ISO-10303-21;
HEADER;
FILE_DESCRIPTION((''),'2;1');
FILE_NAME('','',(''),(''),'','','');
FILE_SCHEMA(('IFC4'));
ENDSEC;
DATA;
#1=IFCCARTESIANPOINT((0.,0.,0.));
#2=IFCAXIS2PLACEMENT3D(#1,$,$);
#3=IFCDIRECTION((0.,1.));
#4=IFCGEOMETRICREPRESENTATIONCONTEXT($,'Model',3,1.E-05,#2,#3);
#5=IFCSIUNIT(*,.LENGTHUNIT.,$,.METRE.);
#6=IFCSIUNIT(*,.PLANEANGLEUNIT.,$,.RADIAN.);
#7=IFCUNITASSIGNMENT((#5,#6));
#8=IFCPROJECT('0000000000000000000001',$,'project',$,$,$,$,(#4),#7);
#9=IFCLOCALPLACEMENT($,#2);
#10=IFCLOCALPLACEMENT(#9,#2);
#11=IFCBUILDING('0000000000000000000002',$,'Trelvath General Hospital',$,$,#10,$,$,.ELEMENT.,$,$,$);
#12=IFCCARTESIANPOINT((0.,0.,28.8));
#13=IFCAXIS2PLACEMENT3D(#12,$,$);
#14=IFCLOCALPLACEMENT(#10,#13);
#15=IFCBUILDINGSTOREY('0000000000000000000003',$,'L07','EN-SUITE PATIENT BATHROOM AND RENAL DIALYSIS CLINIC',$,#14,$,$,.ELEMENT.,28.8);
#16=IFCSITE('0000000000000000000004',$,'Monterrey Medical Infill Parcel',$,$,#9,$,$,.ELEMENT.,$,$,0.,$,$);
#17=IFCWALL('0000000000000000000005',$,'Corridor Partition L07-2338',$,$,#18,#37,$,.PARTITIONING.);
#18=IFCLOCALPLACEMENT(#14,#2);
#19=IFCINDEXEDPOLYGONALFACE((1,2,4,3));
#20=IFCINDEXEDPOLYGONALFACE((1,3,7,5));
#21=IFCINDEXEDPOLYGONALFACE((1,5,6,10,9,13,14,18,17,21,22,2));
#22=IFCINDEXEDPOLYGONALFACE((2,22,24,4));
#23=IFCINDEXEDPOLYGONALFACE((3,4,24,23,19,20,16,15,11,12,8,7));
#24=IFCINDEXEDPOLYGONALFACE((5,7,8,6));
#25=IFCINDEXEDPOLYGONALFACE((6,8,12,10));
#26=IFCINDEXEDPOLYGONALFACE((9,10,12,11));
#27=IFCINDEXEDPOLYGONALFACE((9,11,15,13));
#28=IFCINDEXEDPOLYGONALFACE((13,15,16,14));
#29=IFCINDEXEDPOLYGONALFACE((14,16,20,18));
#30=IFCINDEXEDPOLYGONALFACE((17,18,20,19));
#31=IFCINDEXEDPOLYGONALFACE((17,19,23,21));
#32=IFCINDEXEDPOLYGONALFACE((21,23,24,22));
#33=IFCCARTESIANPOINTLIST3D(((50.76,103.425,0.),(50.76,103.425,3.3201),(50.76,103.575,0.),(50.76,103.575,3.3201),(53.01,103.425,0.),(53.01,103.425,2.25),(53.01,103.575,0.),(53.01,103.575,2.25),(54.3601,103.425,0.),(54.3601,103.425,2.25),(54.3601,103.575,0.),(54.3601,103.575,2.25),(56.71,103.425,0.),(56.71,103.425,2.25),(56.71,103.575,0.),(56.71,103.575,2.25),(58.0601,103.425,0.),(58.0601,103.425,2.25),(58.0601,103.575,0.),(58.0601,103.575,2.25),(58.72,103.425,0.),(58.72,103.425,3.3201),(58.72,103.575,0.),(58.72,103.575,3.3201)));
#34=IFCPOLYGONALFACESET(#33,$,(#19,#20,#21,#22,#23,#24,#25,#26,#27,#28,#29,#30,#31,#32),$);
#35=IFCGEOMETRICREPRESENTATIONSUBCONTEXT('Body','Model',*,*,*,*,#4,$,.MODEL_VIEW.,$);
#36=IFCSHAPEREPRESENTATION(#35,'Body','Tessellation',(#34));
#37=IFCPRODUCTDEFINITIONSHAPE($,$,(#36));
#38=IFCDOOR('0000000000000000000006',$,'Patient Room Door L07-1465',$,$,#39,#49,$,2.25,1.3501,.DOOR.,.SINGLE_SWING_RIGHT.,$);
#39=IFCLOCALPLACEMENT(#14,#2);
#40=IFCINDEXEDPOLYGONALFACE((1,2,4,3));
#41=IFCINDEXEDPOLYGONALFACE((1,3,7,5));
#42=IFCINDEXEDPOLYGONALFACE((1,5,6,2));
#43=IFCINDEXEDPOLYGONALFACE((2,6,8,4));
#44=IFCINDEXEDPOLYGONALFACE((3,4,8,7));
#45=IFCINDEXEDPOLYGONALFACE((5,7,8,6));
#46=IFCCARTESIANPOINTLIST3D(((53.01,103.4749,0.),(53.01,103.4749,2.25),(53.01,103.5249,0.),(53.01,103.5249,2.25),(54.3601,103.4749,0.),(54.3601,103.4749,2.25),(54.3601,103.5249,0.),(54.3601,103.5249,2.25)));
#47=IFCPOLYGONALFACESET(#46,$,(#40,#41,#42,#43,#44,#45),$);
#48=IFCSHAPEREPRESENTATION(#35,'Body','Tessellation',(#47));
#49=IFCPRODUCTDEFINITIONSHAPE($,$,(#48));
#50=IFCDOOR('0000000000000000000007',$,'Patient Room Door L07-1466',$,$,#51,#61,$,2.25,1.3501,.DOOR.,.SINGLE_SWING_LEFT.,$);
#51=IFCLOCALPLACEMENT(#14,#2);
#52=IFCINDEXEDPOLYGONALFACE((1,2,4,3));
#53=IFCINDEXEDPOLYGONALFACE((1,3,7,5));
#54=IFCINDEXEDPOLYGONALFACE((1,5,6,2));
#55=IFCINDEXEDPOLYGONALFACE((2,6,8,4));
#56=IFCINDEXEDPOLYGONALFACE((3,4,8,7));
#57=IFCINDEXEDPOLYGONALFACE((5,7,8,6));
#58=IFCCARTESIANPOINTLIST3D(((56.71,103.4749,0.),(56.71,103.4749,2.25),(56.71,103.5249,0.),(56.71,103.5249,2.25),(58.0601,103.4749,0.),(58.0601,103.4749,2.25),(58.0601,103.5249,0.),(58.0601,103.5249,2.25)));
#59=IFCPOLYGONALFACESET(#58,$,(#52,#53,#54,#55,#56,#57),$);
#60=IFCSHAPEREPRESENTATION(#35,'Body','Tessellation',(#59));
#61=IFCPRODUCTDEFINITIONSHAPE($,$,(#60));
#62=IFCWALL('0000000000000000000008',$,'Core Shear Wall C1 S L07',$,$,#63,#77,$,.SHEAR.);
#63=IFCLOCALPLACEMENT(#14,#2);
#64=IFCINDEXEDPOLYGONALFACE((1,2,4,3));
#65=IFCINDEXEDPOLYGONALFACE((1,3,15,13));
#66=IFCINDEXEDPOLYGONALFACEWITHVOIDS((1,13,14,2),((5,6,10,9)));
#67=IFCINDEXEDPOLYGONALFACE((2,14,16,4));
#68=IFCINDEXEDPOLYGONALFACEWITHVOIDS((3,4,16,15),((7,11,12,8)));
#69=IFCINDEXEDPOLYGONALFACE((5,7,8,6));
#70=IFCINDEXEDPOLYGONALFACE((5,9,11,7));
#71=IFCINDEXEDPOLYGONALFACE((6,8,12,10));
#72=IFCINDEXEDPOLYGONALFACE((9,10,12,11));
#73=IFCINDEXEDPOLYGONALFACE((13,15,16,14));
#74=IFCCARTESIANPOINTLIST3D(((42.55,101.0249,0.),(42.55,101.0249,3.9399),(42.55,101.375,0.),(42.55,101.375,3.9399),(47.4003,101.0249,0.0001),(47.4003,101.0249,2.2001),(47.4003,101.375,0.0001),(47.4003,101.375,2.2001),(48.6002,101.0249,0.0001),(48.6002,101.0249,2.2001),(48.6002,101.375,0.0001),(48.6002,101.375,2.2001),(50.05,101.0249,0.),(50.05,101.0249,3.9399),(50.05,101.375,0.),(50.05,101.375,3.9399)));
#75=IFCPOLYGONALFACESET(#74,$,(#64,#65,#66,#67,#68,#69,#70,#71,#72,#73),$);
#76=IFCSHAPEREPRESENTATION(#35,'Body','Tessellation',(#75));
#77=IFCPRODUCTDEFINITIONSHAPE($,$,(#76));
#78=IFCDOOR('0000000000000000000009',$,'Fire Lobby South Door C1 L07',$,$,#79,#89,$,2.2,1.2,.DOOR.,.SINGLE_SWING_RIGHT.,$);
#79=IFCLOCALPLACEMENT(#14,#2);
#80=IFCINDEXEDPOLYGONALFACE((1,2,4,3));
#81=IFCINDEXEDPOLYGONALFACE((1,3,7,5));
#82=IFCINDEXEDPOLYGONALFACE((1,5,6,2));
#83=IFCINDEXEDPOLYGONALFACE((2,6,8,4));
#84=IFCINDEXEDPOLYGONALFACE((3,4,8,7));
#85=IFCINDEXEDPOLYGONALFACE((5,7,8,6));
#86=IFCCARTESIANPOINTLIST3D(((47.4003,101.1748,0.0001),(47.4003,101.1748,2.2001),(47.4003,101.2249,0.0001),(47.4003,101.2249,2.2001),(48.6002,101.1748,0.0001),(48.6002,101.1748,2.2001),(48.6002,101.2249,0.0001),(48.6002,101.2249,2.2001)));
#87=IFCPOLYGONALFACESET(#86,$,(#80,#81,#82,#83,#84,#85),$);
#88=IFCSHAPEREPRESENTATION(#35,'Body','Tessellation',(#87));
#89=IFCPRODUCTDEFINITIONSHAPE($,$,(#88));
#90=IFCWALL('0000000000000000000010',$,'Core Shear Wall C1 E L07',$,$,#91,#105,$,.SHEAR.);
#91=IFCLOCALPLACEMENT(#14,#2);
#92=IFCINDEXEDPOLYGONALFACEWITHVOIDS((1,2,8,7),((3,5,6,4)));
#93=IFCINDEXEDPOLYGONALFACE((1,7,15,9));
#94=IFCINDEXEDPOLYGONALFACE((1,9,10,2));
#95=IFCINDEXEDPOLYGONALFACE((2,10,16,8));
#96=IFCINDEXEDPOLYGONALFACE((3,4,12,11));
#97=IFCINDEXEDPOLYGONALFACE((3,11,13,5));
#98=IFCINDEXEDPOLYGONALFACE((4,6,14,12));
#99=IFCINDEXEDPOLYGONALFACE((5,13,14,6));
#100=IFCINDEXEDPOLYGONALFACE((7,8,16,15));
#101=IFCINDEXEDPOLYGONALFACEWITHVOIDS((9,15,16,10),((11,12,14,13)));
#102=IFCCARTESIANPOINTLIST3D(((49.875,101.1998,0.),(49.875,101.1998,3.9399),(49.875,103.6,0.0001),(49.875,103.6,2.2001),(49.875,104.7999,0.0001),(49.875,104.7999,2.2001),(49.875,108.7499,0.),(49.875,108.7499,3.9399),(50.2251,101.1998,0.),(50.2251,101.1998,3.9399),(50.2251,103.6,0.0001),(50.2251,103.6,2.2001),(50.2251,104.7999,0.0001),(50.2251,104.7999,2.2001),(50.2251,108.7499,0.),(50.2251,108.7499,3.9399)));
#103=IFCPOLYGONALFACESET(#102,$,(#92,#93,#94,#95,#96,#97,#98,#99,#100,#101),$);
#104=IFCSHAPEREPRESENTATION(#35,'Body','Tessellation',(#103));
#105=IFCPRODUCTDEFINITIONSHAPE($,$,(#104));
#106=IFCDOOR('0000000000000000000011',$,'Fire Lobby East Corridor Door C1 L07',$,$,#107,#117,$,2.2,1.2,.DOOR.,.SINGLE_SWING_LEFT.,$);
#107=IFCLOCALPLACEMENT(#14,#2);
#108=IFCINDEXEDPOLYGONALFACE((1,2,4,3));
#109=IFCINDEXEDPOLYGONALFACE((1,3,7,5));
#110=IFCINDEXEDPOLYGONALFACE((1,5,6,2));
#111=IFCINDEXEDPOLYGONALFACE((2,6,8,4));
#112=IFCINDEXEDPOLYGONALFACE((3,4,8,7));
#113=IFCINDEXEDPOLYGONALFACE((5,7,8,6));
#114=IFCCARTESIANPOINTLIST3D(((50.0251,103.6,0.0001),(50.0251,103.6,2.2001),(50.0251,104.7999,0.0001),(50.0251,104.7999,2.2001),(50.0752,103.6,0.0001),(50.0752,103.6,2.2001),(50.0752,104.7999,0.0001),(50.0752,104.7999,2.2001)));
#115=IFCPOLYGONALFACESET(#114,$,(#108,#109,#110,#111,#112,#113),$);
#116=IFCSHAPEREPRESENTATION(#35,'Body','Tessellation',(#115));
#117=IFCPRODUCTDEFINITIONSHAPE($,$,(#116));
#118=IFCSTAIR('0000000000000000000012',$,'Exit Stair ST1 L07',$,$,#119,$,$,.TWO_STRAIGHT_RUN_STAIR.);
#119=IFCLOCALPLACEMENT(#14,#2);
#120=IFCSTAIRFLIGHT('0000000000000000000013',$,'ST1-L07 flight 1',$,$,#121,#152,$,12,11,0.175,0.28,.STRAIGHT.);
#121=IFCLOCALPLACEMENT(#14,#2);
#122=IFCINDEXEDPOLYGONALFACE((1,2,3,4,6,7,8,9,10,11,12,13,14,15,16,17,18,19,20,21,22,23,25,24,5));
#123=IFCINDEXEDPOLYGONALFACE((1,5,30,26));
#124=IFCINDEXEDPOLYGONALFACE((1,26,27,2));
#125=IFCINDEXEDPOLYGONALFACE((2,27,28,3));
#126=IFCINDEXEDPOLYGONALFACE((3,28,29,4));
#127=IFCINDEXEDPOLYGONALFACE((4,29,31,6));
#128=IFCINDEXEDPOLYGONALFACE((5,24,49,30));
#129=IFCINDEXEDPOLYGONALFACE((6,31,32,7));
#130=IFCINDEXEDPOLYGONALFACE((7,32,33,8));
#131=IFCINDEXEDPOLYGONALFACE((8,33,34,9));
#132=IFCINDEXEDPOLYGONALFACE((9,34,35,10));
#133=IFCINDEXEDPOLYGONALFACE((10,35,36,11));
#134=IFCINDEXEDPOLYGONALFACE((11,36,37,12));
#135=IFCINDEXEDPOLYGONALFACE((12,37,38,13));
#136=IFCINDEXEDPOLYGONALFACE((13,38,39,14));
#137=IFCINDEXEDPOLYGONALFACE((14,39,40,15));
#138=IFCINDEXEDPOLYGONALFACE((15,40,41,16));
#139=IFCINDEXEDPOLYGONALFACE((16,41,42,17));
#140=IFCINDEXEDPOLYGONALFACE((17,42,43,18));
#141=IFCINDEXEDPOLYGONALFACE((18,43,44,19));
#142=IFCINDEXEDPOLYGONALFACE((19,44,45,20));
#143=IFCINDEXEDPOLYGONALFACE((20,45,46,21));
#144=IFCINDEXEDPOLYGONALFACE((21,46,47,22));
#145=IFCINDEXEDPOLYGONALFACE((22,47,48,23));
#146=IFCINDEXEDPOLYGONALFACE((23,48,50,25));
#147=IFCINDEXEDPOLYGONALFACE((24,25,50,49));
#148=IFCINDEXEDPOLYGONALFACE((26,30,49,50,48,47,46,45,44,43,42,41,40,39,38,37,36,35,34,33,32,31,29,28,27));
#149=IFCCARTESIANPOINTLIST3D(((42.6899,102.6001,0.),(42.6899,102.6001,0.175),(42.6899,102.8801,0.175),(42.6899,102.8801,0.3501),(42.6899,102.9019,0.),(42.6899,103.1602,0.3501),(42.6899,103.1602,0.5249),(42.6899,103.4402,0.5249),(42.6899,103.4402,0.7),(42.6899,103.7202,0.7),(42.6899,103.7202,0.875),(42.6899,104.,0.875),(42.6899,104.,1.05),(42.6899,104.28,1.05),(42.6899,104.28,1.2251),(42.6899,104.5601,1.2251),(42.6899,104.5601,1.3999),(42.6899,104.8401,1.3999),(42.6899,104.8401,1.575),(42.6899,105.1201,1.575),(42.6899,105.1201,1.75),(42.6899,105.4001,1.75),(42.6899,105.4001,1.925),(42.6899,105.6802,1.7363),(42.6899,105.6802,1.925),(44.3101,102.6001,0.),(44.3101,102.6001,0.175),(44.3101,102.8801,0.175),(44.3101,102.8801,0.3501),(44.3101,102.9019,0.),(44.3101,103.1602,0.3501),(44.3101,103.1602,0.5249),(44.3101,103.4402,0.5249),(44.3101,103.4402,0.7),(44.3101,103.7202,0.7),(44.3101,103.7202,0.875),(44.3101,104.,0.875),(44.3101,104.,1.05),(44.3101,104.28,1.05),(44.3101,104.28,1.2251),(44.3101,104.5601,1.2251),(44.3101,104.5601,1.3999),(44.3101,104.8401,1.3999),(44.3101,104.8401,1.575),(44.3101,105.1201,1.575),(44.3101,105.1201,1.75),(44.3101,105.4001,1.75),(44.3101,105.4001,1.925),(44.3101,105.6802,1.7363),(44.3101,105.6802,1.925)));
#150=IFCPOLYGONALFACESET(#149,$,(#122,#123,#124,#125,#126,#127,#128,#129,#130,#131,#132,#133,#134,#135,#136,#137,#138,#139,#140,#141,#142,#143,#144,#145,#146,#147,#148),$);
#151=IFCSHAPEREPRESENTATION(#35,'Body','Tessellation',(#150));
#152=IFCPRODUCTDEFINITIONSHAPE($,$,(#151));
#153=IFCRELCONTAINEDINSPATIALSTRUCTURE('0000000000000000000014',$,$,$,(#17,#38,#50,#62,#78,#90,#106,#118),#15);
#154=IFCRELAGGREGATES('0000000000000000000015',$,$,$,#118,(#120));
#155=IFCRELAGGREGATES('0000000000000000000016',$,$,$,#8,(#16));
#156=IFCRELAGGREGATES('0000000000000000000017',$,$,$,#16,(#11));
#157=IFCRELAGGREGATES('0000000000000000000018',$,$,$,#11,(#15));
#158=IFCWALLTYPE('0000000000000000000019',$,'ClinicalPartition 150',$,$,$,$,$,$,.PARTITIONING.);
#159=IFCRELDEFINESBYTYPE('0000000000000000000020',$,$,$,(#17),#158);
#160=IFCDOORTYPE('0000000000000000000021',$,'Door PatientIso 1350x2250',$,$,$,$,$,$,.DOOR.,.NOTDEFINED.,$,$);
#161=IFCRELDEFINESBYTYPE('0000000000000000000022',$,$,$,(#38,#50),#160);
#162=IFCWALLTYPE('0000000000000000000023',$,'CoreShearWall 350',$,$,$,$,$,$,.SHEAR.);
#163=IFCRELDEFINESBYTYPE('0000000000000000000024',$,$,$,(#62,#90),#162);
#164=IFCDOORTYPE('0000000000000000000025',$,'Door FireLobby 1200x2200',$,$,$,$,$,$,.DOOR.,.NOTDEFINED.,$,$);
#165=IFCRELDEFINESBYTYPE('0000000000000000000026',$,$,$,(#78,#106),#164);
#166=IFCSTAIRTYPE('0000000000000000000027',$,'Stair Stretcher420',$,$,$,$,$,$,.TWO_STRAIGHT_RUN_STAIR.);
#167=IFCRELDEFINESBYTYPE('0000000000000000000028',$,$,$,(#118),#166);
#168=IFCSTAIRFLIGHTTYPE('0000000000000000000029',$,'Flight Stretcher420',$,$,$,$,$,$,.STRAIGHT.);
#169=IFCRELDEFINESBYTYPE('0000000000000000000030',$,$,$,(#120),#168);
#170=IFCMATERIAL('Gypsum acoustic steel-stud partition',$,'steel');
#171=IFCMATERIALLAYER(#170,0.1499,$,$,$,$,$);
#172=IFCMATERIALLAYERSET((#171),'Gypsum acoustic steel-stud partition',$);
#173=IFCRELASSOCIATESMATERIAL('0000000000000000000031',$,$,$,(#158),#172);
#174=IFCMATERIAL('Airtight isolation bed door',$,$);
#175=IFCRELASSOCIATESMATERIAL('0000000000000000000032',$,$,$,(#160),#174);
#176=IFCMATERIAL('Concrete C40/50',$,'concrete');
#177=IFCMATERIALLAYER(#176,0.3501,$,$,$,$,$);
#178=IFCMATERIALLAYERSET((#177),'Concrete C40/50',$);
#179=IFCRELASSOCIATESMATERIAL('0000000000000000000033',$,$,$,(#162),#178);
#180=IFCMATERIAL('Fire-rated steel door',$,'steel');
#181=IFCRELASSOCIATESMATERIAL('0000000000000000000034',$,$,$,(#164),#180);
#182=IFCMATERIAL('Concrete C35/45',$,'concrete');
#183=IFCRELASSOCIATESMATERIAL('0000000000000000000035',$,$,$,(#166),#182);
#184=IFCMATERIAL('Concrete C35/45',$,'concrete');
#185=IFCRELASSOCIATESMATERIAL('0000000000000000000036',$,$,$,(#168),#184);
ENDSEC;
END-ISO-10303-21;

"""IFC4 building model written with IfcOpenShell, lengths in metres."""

from ifc_helpers import new_model, si_unit, direction, frame, frame_2d, origin, place, context, subcontext, project, spatial, polyline, rectangle, outline, extrude, material, layer, layer_set, type_object, element, fill, aggregate, save


model = new_model("IFC4")

# Units and contexts
model_context = context("Model", 3, precision=1e-05, world=origin(), true_north=direction((0.0, 1.0)))
body_context = subcontext(model_context, "Body", "Model", "MODEL_VIEW")
ifc_project = project(units=[si_unit("LENGTHUNIT", "METRE"), si_unit("PLANEANGLEUNIT", "RADIAN")], contexts=[model_context])

# Site, building, storey
site_placement = place(None, origin())
site = spatial("IfcSite", under=ifc_project, at=site_placement, Name="Monterrey Medical Infill Parcel", CompositionType="ELEMENT", RefElevation=0.0)
building_placement = place(site_placement, origin())
building = spatial("IfcBuilding", under=site, at=building_placement, Name="Trelvath General Hospital", CompositionType="ELEMENT")
storey_placement = place(building_placement, frame((0.0, 0.0, 28.8)))
storey = spatial("IfcBuildingStorey", under=building, at=storey_placement, Name="L07", Description="EN-SUITE PATIENT BATHROOM AND RENAL DIALYSIS CLINIC", CompositionType="ELEMENT", Elevation=28.8)

# Wall, openings, doors
ifc_material_1 = material(Name="Gypsum acoustic steel-stud partition", Category="steel")
ifc_layer_1 = layer(ifc_material_1, 0.1499)
ifc_layer_set_1 = layer_set([ifc_layer_1], Name="Gypsum acoustic steel-stud partition")
wall_type_1 = type_object("IfcWallType", Name="ClinicalPartition 150", PredefinedType="PARTITIONING", material=ifc_layer_set_1)
wall_1_placement = place(storey_placement, frame((50.76, 103.5, 0.0), z_axis=(0.0, 0.0, 1.0), x_axis=(1.0, 0.0, 0.0)))
wall_1 = element("IfcWall", 1, at=wall_1_placement, inside=storey, type_object=wall_type_1, Name="Corridor Partition L07-2338", PredefinedType="PARTITIONING", context=body_context, shape_type="SweptSolid", body=[
    extrude(rectangle(XDim=7.96, YDim=0.1499, at=frame_2d((3.98, 0.0))), origin(), (0.0, 0.0, 1.0), 3.3201),
])
opening_1_placement = place(wall_1_placement, frame((2.25, 0.0, 0.0)))
opening_1 = element("IfcOpeningElement", 2, at=opening_1_placement, cuts=wall_1, PredefinedType="OPENING", context=body_context, shape_type="SweptSolid", body=[
    extrude(rectangle(XDim=1.3501, YDim=2.25, at=frame_2d((0.675, 1.125))), frame((0.0, 0.085, 0.0), z_axis=(0.0, -1.0, 0.0), x_axis=(1.0, 0.0, 0.0)), (0.0, 0.0, 1.0), 0.1699),
])
opening_2_placement = place(wall_1_placement, frame((5.95, 0.0, 0.0)))
opening_2 = element("IfcOpeningElement", 3, at=opening_2_placement, cuts=wall_1, PredefinedType="OPENING", context=body_context, shape_type="SweptSolid", body=[
    extrude(rectangle(XDim=1.3501, YDim=2.25, at=frame_2d((0.675, 1.125))), frame((0.0, 0.085, 0.0), z_axis=(0.0, -1.0, 0.0), x_axis=(1.0, 0.0, 0.0)), (0.0, 0.0, 1.0), 0.1699),
])
ifc_material_2 = material(Name="Airtight isolation bed door")
door_type_1 = type_object("IfcDoorType", Name="Door PatientIso 1350x2250", OperationType="NOTDEFINED", PredefinedType="DOOR", material=ifc_material_2)
door_1_placement = place(opening_1_placement, origin())
door_1 = element("IfcDoor", 4, at=door_1_placement, inside=storey, type_object=door_type_1, Name="Patient Room Door L07-1465", OperationType="SINGLE_SWING_RIGHT", OverallHeight=2.25, OverallWidth=1.3501, PredefinedType="DOOR", context=body_context, shape_type="SweptSolid", body=[
    extrude(rectangle(XDim=1.3501, YDim=2.25, at=frame_2d((0.675, 1.125))), frame((0.0, 0.0249, 0.0), z_axis=(0.0, -1.0, 0.0), x_axis=(1.0, 0.0, 0.0)), (0.0, 0.0, 1.0), 0.05),
])
fill(opening_1, door_1)
door_2_placement = place(opening_2_placement, origin())
door_2 = element("IfcDoor", 5, at=door_2_placement, inside=storey, type_object=door_type_1, Name="Patient Room Door L07-1466", OperationType="SINGLE_SWING_LEFT", OverallHeight=2.25, OverallWidth=1.3501, PredefinedType="DOOR", context=body_context, shape_type="SweptSolid", body=[
    extrude(rectangle(XDim=1.3501, YDim=2.25, at=frame_2d((0.675, 1.125))), frame((0.0, 0.0249, 0.0), z_axis=(0.0, -1.0, 0.0), x_axis=(1.0, 0.0, 0.0)), (0.0, 0.0, 1.0), 0.05),
])
fill(opening_2, door_2)

# Walls, openings, doors
ifc_material_3 = material(Name="Concrete C40/50", Category="concrete")
ifc_layer_2 = layer(ifc_material_3, 0.3501)
ifc_layer_set_2 = layer_set([ifc_layer_2], Name="Concrete C40/50")
wall_type_2 = type_object("IfcWallType", Name="CoreShearWall 350", PredefinedType="SHEAR", material=ifc_layer_set_2)
wall_2_placement = place(storey_placement, frame((42.55, 101.2, 0.0), z_axis=(0.0, 0.0, 1.0), x_axis=(1.0, 0.0, 0.0)))
wall_2 = element("IfcWall", 6, at=wall_2_placement, inside=storey, type_object=wall_type_2, Name="Core Shear Wall C1 S L07", PredefinedType="SHEAR", context=body_context, shape_type="SweptSolid", body=[
    extrude(rectangle(XDim=7.5, YDim=0.3501, at=frame_2d((3.75, 0.0))), origin(), (0.0, 0.0, 1.0), 3.9399),
])
opening_3_placement = place(wall_2_placement, frame((4.8501, 0.0, 0.0)))
opening_3 = element("IfcOpeningElement", 7, at=opening_3_placement, cuts=wall_2, PredefinedType="OPENING", context=body_context, shape_type="SweptSolid", body=[
    extrude(rectangle(XDim=1.2, YDim=2.2, at=frame_2d((0.6001, 1.1001))), frame((0.0, 0.1851, 0.0), z_axis=(0.0, -1.0, 0.0), x_axis=(1.0, 0.0, 0.0)), (0.0, 0.0, 1.0), 0.3701),
])
ifc_material_4 = material(Name="Fire-rated steel door", Category="steel")
door_type_2 = type_object("IfcDoorType", Name="Door FireLobby 1200x2200", OperationType="NOTDEFINED", PredefinedType="DOOR", material=ifc_material_4)
door_3_placement = place(opening_3_placement, origin())
door_3 = element("IfcDoor", 8, at=door_3_placement, inside=storey, type_object=door_type_2, Name="Fire Lobby South Door C1 L07", OperationType="SINGLE_SWING_RIGHT", OverallHeight=2.2, OverallWidth=1.2, PredefinedType="DOOR", context=body_context, shape_type="SweptSolid", body=[
    extrude(rectangle(XDim=1.2, YDim=2.2, at=frame_2d((0.6001, 1.1001))), frame((0.0, 0.0249, 0.0), z_axis=(0.0, -1.0, 0.0), x_axis=(1.0, 0.0, 0.0)), (0.0, 0.0, 1.0), 0.05),
])
fill(opening_3, door_3)
wall_3_placement = place(storey_placement, frame((50.05, 101.2, 0.0), z_axis=(0.0, 0.0, 1.0), x_axis=(0.0, 1.0, 0.0)))
wall_3 = element("IfcWall", 9, at=wall_3_placement, inside=storey, type_object=wall_type_2, Name="Core Shear Wall C1 E L07", PredefinedType="SHEAR", context=body_context, shape_type="SweptSolid", body=[
    extrude(rectangle(XDim=7.55, YDim=0.3501, at=frame_2d((3.7749, 0.0))), origin(), (0.0, 0.0, 1.0), 3.9399),
])
opening_4_placement = place(wall_3_placement, frame((2.3999, 0.0, 0.0)))
opening_4 = element("IfcOpeningElement", 10, at=opening_4_placement, cuts=wall_3, PredefinedType="OPENING", context=body_context, shape_type="SweptSolid", body=[
    extrude(rectangle(XDim=1.2, YDim=2.2, at=frame_2d((0.6001, 1.1001))), frame((0.0, 0.1851, 0.0), z_axis=(0.0, -1.0, 0.0), x_axis=(1.0, 0.0, 0.0)), (0.0, 0.0, 1.0), 0.3701),
])
door_4_placement = place(opening_4_placement, origin())
door_4 = element("IfcDoor", 11, at=door_4_placement, inside=storey, type_object=door_type_2, Name="Fire Lobby East Corridor Door C1 L07", OperationType="SINGLE_SWING_LEFT", OverallHeight=2.2, OverallWidth=1.2, PredefinedType="DOOR", context=body_context, shape_type="SweptSolid", body=[
    extrude(rectangle(XDim=1.2, YDim=2.2, at=frame_2d((0.6001, 1.1001))), frame((0.0, 0.0249, 0.0), z_axis=(0.0, -1.0, 0.0), x_axis=(1.0, 0.0, 0.0)), (0.0, 0.0, 1.0), 0.05),
])
fill(opening_4, door_4)

# Stair, stair flight
ifc_material_5 = material(Name="Concrete C35/45", Category="concrete")
stair_type = type_object("IfcStairType", Name="Stair Stretcher420", PredefinedType="TWO_STRAIGHT_RUN_STAIR", material=ifc_material_5)
stair_placement = place(storey_placement, origin())
stair = element("IfcStair", 12, at=stair_placement, inside=storey, type_object=stair_type, Name="Exit Stair ST1 L07", PredefinedType="TWO_STRAIGHT_RUN_STAIR")
ifc_material_6 = material(Name="Concrete C35/45", Category="concrete")
stair_flight_type = type_object("IfcStairFlightType", Name="Flight Stretcher420", PredefinedType="STRAIGHT", material=ifc_material_6)
stair_flight_1_placement = place(storey_placement, frame((43.5, 102.6001, 0.0), z_axis=(0.0, 0.0, 1.0), x_axis=(0.0, 1.0, 0.0)))
stair_flight_1 = element("IfcStairFlight", 13, at=stair_flight_1_placement, type_object=stair_flight_type, Name="ST1-L07 flight 1", NumberOfRisers=12, NumberOfTreads=11, PredefinedType="STRAIGHT", RiserHeight=0.175, TreadLength=0.28, context=body_context, shape_type="SweptSolid", body=[
    extrude(outline(polyline([(0.0, 0.0), (0.0, 0.175), (0.28, 0.175), (0.28, 0.3501), (0.5601, 0.3501), (0.5601, 0.5249), (0.8401, 0.5249), (0.8401, 0.7), (1.1201, 0.7), (1.1201, 0.875), (1.3999, 0.875), (1.3999, 1.05), (1.6799, 1.05), (1.6799, 1.2251), (1.96, 1.2251), (1.96, 1.3999), (2.24, 1.3999), (2.24, 1.575), (2.52, 1.575), (2.52, 1.75), (2.8, 1.75), (2.8, 1.925), (3.0801, 1.925), (3.0801, 2.1001), (3.0801, 1.7363), (0.3018, 0.0), (0.0, 0.0)])), frame((0.0, 0.8101, 0.0), z_axis=(0.0, -1.0, 0.0), x_axis=(1.0, 0.0, 0.0)), (0.0, 0.0, 1.0), 1.6201),
])
aggregate(stair, [stair_flight_1])

save(model, "model.ifc")
